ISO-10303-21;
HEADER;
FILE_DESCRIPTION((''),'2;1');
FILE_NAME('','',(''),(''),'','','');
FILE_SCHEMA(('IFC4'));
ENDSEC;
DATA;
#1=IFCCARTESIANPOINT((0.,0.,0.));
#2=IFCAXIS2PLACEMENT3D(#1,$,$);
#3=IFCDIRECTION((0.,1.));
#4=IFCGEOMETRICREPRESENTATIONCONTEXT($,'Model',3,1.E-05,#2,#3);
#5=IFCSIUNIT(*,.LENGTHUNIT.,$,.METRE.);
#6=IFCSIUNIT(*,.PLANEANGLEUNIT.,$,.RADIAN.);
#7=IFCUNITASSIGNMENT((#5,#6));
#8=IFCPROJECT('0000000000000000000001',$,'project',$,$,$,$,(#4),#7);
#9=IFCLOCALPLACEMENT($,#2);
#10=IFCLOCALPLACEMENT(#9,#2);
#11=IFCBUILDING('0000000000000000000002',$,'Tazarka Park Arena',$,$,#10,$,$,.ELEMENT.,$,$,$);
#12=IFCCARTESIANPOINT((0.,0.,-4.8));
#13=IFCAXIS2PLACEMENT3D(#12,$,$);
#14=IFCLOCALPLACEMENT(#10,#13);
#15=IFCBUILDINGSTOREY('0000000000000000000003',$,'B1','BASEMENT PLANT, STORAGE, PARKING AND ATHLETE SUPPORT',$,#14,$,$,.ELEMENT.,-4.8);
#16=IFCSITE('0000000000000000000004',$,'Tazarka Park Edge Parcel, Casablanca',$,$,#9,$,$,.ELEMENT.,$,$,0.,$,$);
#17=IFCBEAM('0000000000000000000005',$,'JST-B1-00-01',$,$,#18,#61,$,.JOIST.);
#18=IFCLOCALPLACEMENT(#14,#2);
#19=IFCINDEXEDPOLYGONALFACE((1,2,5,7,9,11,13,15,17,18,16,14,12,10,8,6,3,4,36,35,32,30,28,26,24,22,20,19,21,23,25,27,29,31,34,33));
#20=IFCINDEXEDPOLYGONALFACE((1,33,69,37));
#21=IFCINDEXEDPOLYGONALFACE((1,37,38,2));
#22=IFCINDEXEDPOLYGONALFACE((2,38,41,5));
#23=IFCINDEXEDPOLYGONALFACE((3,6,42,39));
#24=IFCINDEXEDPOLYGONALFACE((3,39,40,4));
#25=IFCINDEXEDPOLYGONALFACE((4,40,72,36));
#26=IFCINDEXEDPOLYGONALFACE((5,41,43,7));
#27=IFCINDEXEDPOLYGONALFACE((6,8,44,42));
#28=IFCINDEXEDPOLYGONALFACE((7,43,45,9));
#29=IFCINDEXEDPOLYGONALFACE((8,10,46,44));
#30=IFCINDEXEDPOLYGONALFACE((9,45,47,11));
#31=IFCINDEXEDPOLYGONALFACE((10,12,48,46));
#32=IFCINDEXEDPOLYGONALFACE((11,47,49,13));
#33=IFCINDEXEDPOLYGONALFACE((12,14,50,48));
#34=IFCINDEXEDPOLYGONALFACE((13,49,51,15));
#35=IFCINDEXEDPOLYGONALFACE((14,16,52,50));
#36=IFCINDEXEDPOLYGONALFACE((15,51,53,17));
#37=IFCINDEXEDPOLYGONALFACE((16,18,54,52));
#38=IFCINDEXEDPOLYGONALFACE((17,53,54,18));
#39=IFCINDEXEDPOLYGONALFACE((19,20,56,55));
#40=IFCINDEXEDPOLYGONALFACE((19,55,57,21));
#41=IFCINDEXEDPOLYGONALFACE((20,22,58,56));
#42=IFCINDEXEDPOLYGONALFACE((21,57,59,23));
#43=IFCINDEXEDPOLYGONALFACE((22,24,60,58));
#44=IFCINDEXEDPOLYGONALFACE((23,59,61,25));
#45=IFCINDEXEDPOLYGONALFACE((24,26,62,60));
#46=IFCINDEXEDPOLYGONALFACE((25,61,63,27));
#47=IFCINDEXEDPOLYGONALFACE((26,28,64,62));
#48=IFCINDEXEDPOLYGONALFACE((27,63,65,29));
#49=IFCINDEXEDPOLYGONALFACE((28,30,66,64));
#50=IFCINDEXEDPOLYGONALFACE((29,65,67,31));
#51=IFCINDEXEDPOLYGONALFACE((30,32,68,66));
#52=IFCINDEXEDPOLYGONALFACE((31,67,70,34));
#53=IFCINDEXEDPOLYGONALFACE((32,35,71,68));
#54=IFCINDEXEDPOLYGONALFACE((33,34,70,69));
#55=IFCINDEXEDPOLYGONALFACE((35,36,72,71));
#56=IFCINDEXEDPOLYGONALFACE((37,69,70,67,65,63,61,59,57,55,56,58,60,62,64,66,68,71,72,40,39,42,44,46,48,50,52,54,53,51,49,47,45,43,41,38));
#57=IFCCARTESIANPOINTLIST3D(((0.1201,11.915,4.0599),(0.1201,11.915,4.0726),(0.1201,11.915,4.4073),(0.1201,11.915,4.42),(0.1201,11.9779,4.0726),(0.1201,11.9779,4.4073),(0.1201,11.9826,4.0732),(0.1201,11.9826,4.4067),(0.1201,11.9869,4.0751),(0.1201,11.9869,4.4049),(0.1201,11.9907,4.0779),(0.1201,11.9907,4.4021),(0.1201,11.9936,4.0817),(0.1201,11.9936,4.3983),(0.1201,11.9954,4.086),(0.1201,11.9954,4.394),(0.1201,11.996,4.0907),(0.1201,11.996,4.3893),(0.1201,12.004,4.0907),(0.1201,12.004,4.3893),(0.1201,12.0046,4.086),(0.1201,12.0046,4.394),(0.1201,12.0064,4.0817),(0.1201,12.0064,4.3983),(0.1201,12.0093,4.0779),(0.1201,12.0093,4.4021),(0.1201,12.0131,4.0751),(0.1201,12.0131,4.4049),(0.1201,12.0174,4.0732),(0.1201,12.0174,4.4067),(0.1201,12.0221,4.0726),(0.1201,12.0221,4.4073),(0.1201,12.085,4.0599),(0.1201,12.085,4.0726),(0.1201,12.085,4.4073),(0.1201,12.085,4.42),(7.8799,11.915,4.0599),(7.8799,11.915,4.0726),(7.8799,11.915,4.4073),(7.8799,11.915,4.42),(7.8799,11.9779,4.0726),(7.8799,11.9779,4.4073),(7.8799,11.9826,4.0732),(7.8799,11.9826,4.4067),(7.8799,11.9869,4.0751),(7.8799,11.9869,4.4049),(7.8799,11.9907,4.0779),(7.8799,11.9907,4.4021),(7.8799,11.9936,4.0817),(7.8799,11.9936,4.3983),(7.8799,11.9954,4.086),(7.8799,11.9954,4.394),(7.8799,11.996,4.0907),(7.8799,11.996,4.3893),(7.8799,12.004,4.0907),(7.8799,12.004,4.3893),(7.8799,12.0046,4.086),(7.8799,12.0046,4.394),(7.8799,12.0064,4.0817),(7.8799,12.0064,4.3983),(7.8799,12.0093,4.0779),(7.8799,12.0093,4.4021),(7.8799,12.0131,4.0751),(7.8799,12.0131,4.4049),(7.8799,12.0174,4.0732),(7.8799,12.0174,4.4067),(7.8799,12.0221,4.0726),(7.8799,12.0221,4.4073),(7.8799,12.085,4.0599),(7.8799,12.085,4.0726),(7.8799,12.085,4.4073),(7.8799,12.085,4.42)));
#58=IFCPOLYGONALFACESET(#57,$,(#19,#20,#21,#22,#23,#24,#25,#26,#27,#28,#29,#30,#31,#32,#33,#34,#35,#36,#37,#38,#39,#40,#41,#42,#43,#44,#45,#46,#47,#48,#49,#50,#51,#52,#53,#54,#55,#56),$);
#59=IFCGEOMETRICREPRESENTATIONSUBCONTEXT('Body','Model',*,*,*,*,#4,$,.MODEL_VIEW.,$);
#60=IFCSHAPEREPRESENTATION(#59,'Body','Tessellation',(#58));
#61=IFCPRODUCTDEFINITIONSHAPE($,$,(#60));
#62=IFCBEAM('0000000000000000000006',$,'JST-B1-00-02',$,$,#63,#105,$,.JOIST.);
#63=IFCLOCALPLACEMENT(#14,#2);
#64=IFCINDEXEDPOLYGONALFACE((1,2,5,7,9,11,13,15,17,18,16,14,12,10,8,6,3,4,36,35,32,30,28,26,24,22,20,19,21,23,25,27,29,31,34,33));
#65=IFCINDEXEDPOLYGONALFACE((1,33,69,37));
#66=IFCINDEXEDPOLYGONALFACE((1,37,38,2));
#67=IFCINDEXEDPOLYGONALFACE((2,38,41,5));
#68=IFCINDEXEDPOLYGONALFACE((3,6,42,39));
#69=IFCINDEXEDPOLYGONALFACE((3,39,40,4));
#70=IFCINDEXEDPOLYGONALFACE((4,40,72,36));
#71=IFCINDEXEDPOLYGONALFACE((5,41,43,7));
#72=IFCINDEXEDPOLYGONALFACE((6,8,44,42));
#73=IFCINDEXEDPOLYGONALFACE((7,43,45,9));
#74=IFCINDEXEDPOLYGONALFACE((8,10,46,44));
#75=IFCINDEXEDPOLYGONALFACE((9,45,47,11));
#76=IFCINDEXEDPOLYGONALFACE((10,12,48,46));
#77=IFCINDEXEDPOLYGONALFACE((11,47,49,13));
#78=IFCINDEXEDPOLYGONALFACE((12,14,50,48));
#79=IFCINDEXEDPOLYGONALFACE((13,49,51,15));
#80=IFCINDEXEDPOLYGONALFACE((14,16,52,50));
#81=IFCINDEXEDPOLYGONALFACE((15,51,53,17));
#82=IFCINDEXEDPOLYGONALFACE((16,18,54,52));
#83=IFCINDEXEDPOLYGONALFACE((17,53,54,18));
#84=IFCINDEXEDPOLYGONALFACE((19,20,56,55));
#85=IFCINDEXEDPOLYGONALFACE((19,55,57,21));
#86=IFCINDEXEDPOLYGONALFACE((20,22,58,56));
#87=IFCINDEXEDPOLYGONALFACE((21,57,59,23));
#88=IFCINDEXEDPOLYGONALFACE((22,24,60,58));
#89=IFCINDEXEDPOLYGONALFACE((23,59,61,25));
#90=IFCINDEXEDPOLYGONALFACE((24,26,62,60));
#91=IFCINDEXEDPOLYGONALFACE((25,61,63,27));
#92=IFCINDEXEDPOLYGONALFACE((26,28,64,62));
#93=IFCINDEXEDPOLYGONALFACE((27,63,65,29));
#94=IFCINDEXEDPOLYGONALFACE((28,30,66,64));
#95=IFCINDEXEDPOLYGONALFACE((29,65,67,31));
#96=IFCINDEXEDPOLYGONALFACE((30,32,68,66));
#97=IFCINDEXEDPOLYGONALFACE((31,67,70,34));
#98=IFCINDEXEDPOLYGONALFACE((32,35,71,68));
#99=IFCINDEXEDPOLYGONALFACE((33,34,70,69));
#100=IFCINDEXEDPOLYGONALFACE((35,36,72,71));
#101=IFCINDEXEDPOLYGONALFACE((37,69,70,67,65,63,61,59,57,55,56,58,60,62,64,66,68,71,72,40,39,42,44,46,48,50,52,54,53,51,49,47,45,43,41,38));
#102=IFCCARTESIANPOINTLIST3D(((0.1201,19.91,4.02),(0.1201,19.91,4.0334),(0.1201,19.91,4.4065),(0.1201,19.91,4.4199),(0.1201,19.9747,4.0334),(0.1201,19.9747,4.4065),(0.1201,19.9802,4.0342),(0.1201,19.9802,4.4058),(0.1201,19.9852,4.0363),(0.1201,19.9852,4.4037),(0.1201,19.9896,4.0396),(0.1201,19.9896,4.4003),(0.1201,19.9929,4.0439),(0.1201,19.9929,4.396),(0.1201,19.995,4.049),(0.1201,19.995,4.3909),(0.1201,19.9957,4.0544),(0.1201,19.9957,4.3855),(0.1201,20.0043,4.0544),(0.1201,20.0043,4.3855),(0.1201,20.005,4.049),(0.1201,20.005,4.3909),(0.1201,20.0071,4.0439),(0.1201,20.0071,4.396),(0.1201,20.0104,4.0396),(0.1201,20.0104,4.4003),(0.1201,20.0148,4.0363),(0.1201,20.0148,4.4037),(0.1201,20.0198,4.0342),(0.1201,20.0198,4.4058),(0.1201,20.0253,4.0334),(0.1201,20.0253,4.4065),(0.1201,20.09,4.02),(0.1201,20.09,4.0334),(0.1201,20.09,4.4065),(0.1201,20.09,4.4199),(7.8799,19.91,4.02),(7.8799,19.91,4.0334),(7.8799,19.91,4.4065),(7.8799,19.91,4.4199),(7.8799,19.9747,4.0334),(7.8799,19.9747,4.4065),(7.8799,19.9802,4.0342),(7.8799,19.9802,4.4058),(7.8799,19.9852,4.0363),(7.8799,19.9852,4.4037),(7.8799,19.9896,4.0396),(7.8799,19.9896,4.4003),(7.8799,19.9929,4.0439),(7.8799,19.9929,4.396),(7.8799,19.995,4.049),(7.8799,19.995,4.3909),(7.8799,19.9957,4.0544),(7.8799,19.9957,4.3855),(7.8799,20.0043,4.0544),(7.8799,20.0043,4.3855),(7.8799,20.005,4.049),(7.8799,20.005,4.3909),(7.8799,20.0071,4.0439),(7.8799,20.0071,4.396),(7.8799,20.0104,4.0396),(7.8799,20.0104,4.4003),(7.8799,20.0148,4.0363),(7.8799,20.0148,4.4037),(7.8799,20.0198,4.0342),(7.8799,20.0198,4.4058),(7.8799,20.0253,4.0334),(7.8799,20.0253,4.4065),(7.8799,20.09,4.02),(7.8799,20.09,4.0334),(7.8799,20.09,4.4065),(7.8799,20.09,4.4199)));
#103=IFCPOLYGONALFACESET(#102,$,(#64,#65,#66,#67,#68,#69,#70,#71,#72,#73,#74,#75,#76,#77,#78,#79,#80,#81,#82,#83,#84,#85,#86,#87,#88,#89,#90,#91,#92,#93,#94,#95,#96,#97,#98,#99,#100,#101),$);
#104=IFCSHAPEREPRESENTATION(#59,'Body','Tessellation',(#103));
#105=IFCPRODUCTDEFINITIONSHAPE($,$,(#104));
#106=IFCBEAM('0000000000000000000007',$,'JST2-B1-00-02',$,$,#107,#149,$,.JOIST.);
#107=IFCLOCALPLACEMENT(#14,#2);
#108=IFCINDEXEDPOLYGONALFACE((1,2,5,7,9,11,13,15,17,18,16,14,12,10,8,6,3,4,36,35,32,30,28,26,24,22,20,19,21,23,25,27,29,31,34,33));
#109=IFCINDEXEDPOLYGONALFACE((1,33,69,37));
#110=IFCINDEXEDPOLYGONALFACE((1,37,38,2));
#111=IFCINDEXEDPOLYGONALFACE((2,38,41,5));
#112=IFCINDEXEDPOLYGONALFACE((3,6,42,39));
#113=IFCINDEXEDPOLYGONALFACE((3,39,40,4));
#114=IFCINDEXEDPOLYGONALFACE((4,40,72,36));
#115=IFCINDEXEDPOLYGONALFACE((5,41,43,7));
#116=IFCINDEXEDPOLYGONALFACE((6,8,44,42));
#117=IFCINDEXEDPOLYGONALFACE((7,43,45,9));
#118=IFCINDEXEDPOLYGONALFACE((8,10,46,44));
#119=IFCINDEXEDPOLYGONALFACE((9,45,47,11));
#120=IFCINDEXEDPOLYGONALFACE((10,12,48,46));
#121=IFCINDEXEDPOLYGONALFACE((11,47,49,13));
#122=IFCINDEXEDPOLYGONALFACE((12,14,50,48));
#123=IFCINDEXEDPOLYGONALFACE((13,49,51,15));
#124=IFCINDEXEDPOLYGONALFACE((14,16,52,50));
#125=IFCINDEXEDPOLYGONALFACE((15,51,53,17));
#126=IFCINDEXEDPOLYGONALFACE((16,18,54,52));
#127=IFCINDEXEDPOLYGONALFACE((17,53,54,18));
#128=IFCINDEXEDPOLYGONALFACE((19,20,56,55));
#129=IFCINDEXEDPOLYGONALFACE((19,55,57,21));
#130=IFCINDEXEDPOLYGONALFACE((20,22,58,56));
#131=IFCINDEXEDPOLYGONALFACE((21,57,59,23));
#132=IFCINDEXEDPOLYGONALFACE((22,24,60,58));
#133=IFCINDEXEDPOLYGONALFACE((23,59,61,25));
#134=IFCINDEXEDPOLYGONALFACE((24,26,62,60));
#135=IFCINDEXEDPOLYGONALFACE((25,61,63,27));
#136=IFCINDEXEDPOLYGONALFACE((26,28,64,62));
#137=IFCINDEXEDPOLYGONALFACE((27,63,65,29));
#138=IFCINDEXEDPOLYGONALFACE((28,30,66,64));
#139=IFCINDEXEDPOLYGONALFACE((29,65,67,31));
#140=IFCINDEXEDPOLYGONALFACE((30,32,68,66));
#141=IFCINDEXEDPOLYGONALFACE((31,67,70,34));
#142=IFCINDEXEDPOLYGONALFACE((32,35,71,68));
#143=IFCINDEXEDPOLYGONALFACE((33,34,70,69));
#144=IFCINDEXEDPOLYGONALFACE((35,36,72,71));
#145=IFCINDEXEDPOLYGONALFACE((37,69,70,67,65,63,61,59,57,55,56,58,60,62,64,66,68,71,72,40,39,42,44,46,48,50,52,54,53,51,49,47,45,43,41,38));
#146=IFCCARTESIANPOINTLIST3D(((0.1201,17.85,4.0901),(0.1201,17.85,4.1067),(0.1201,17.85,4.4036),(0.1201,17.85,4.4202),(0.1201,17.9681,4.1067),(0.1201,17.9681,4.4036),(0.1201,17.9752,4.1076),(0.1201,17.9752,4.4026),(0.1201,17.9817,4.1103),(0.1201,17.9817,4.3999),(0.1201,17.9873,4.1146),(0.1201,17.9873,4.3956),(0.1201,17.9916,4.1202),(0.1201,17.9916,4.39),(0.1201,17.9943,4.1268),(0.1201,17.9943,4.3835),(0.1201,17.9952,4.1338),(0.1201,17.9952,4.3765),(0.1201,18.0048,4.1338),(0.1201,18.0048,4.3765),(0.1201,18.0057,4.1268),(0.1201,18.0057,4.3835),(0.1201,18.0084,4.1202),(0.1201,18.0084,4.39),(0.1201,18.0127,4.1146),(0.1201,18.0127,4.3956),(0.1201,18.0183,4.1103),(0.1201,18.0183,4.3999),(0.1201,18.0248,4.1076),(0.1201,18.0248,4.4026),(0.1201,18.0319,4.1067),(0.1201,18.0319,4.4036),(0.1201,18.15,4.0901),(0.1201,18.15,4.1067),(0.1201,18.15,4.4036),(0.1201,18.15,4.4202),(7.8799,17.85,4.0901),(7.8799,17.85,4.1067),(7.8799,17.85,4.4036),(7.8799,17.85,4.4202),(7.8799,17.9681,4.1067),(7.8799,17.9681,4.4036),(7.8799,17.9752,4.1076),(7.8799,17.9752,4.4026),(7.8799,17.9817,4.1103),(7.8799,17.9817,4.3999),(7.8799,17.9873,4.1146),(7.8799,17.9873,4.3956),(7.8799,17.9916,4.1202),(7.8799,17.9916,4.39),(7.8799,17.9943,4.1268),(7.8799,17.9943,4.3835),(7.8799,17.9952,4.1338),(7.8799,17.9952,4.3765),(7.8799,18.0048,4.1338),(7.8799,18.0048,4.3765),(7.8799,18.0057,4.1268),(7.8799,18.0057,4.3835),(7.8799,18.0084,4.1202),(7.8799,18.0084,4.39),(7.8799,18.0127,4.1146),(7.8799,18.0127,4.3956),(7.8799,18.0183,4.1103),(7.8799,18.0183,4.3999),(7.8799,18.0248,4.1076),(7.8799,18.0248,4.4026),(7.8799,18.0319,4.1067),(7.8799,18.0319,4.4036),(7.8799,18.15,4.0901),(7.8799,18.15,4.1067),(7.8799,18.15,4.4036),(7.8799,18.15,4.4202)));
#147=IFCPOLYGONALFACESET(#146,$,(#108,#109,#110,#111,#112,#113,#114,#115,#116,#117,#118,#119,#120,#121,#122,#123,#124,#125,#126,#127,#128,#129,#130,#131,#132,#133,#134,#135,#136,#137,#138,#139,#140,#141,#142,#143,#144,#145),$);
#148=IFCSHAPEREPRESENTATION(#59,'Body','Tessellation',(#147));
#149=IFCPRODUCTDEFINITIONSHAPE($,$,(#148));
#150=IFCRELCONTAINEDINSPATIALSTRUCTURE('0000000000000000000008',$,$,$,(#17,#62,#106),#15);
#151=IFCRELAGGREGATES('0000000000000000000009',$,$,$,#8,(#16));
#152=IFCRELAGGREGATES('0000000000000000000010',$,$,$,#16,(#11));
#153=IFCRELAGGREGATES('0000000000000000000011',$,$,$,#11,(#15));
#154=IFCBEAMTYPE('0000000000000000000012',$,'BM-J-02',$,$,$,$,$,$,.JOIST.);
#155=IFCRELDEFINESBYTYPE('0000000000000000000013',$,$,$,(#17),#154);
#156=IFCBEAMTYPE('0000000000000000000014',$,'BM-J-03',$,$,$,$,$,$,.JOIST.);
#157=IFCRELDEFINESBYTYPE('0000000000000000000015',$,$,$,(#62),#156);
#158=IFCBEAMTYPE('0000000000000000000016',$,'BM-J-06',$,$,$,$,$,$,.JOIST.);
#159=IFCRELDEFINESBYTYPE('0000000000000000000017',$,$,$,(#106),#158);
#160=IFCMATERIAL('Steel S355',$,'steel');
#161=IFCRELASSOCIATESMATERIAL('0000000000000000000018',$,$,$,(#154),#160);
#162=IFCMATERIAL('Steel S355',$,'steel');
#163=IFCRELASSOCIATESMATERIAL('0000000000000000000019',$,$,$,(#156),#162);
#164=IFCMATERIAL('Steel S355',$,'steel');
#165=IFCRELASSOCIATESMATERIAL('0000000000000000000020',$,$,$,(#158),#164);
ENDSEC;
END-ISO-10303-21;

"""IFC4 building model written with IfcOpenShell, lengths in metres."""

from ifc_helpers import new_model, si_unit, direction, frame, origin, origin_2d, place, context, subcontext, project, spatial, i_section, extrude, material, material_profile, profile_set, type_object, element, save


model = new_model("IFC4")

# Units and contexts
model_context = context("Model", 3, precision=1e-05, world=origin(), true_north=direction((0.0, 1.0)))
body_context = subcontext(model_context, "Body", "Model", "MODEL_VIEW")
ifc_project = project(units=[si_unit("LENGTHUNIT", "METRE"), si_unit("PLANEANGLEUNIT", "RADIAN")], contexts=[model_context])

# Site, building, storey
site_placement = place(None, origin())
site = spatial("IfcSite", under=ifc_project, at=site_placement, Name="Tazarka Park Edge Parcel, Casablanca", CompositionType="ELEMENT", RefElevation=0.0)
building_placement = place(site_placement, origin())
building = spatial("IfcBuilding", under=site, at=building_placement, Name="Tazarka Park Arena", CompositionType="ELEMENT")
storey_placement = place(building_placement, frame((0.0, 0.0, -4.8)))
storey = spatial("IfcBuildingStorey", under=building, at=storey_placement, Name="B1", Description="BASEMENT PLANT, STORAGE, PARKING AND ATHLETE SUPPORT", CompositionType="ELEMENT", Elevation=-4.8)

# Beams
ifc_material_1 = material(Name="Steel S355", Category="steel")
ifc_material_profile_1 = material_profile(ifc_material_1, i_section(OverallWidth=0.1699, OverallDepth=0.3601, WebThickness=0.0081, FlangeThickness=0.0127, FilletRadius=0.0181, at=origin_2d()), Name="Steel S355")
ifc_profile_set_1 = profile_set([ifc_material_profile_1], Name="Steel S355")
beam_type_1 = type_object("IfcBeamType", Name="BM-J-02", PredefinedType="JOIST", material=ifc_profile_set_1)
beam_1_placement = place(storey_placement, frame((0.1201, 12.0, 4.24), z_axis=(1.0, 0.0, 0.0), x_axis=(0.0, 1.0, 0.0)))
element("IfcBeam", 1, at=beam_1_placement, inside=storey, type_object=beam_type_1, Name="JST-B1-00-01", PredefinedType="JOIST", context=body_context, shape_type="SweptSolid", body=[
    extrude(i_section(OverallWidth=0.1699, OverallDepth=0.3601, WebThickness=0.0081, FlangeThickness=0.0127, FilletRadius=0.0181, at=origin_2d()), origin(), (0.0, 0.0, 1.0), 7.7598),
])
ifc_material_2 = material(Name="Steel S355", Category="steel")
ifc_material_profile_2 = material_profile(ifc_material_2, i_section(OverallWidth=0.1799, OverallDepth=0.3999, WebThickness=0.0085, FlangeThickness=0.0134, FilletRadius=0.021, at=origin_2d()), Name="Steel S355")
ifc_profile_set_2 = profile_set([ifc_material_profile_2], Name="Steel S355")
beam_type_2 = type_object("IfcBeamType", Name="BM-J-03", PredefinedType="JOIST", material=ifc_profile_set_2)
beam_2_placement = place(storey_placement, frame((0.1201, 20.0, 4.22), z_axis=(1.0, 0.0, 0.0), x_axis=(0.0, 1.0, 0.0)))
element("IfcBeam", 2, at=beam_2_placement, inside=storey, type_object=beam_type_2, Name="JST-B1-00-02", PredefinedType="JOIST", context=body_context, shape_type="SweptSolid", body=[
    extrude(i_section(OverallWidth=0.1799, OverallDepth=0.3999, WebThickness=0.0085, FlangeThickness=0.0134, FilletRadius=0.021, at=origin_2d()), origin(), (0.0, 0.0, 1.0), 7.7598),
])
ifc_material_3 = material(Name="Steel S355", Category="steel")
ifc_material_profile_3 = material_profile(ifc_material_3, i_section(OverallWidth=0.3, OverallDepth=0.3301, WebThickness=0.0095, FlangeThickness=0.0166, FilletRadius=0.0271, at=origin_2d()), Name="Steel S355")
ifc_profile_set_3 = profile_set([ifc_material_profile_3], Name="Steel S355")
beam_type_3 = type_object("IfcBeamType", Name="BM-J-06", PredefinedType="JOIST", material=ifc_profile_set_3)
beam_3_placement = place(storey_placement, frame((0.1201, 18.0, 4.2551), z_axis=(1.0, 0.0, 0.0), x_axis=(0.0, 1.0, 0.0)))
element("IfcBeam", 3, at=beam_3_placement, inside=storey, type_object=beam_type_3, Name="JST2-B1-00-02", PredefinedType="JOIST", context=body_context, shape_type="SweptSolid", body=[
    extrude(i_section(OverallWidth=0.3, OverallDepth=0.3301, WebThickness=0.0095, FlangeThickness=0.0166, FilletRadius=0.0271, at=origin_2d()), origin(), (0.0, 0.0, 1.0), 7.7598),
])

save(model, "model.ifc")
